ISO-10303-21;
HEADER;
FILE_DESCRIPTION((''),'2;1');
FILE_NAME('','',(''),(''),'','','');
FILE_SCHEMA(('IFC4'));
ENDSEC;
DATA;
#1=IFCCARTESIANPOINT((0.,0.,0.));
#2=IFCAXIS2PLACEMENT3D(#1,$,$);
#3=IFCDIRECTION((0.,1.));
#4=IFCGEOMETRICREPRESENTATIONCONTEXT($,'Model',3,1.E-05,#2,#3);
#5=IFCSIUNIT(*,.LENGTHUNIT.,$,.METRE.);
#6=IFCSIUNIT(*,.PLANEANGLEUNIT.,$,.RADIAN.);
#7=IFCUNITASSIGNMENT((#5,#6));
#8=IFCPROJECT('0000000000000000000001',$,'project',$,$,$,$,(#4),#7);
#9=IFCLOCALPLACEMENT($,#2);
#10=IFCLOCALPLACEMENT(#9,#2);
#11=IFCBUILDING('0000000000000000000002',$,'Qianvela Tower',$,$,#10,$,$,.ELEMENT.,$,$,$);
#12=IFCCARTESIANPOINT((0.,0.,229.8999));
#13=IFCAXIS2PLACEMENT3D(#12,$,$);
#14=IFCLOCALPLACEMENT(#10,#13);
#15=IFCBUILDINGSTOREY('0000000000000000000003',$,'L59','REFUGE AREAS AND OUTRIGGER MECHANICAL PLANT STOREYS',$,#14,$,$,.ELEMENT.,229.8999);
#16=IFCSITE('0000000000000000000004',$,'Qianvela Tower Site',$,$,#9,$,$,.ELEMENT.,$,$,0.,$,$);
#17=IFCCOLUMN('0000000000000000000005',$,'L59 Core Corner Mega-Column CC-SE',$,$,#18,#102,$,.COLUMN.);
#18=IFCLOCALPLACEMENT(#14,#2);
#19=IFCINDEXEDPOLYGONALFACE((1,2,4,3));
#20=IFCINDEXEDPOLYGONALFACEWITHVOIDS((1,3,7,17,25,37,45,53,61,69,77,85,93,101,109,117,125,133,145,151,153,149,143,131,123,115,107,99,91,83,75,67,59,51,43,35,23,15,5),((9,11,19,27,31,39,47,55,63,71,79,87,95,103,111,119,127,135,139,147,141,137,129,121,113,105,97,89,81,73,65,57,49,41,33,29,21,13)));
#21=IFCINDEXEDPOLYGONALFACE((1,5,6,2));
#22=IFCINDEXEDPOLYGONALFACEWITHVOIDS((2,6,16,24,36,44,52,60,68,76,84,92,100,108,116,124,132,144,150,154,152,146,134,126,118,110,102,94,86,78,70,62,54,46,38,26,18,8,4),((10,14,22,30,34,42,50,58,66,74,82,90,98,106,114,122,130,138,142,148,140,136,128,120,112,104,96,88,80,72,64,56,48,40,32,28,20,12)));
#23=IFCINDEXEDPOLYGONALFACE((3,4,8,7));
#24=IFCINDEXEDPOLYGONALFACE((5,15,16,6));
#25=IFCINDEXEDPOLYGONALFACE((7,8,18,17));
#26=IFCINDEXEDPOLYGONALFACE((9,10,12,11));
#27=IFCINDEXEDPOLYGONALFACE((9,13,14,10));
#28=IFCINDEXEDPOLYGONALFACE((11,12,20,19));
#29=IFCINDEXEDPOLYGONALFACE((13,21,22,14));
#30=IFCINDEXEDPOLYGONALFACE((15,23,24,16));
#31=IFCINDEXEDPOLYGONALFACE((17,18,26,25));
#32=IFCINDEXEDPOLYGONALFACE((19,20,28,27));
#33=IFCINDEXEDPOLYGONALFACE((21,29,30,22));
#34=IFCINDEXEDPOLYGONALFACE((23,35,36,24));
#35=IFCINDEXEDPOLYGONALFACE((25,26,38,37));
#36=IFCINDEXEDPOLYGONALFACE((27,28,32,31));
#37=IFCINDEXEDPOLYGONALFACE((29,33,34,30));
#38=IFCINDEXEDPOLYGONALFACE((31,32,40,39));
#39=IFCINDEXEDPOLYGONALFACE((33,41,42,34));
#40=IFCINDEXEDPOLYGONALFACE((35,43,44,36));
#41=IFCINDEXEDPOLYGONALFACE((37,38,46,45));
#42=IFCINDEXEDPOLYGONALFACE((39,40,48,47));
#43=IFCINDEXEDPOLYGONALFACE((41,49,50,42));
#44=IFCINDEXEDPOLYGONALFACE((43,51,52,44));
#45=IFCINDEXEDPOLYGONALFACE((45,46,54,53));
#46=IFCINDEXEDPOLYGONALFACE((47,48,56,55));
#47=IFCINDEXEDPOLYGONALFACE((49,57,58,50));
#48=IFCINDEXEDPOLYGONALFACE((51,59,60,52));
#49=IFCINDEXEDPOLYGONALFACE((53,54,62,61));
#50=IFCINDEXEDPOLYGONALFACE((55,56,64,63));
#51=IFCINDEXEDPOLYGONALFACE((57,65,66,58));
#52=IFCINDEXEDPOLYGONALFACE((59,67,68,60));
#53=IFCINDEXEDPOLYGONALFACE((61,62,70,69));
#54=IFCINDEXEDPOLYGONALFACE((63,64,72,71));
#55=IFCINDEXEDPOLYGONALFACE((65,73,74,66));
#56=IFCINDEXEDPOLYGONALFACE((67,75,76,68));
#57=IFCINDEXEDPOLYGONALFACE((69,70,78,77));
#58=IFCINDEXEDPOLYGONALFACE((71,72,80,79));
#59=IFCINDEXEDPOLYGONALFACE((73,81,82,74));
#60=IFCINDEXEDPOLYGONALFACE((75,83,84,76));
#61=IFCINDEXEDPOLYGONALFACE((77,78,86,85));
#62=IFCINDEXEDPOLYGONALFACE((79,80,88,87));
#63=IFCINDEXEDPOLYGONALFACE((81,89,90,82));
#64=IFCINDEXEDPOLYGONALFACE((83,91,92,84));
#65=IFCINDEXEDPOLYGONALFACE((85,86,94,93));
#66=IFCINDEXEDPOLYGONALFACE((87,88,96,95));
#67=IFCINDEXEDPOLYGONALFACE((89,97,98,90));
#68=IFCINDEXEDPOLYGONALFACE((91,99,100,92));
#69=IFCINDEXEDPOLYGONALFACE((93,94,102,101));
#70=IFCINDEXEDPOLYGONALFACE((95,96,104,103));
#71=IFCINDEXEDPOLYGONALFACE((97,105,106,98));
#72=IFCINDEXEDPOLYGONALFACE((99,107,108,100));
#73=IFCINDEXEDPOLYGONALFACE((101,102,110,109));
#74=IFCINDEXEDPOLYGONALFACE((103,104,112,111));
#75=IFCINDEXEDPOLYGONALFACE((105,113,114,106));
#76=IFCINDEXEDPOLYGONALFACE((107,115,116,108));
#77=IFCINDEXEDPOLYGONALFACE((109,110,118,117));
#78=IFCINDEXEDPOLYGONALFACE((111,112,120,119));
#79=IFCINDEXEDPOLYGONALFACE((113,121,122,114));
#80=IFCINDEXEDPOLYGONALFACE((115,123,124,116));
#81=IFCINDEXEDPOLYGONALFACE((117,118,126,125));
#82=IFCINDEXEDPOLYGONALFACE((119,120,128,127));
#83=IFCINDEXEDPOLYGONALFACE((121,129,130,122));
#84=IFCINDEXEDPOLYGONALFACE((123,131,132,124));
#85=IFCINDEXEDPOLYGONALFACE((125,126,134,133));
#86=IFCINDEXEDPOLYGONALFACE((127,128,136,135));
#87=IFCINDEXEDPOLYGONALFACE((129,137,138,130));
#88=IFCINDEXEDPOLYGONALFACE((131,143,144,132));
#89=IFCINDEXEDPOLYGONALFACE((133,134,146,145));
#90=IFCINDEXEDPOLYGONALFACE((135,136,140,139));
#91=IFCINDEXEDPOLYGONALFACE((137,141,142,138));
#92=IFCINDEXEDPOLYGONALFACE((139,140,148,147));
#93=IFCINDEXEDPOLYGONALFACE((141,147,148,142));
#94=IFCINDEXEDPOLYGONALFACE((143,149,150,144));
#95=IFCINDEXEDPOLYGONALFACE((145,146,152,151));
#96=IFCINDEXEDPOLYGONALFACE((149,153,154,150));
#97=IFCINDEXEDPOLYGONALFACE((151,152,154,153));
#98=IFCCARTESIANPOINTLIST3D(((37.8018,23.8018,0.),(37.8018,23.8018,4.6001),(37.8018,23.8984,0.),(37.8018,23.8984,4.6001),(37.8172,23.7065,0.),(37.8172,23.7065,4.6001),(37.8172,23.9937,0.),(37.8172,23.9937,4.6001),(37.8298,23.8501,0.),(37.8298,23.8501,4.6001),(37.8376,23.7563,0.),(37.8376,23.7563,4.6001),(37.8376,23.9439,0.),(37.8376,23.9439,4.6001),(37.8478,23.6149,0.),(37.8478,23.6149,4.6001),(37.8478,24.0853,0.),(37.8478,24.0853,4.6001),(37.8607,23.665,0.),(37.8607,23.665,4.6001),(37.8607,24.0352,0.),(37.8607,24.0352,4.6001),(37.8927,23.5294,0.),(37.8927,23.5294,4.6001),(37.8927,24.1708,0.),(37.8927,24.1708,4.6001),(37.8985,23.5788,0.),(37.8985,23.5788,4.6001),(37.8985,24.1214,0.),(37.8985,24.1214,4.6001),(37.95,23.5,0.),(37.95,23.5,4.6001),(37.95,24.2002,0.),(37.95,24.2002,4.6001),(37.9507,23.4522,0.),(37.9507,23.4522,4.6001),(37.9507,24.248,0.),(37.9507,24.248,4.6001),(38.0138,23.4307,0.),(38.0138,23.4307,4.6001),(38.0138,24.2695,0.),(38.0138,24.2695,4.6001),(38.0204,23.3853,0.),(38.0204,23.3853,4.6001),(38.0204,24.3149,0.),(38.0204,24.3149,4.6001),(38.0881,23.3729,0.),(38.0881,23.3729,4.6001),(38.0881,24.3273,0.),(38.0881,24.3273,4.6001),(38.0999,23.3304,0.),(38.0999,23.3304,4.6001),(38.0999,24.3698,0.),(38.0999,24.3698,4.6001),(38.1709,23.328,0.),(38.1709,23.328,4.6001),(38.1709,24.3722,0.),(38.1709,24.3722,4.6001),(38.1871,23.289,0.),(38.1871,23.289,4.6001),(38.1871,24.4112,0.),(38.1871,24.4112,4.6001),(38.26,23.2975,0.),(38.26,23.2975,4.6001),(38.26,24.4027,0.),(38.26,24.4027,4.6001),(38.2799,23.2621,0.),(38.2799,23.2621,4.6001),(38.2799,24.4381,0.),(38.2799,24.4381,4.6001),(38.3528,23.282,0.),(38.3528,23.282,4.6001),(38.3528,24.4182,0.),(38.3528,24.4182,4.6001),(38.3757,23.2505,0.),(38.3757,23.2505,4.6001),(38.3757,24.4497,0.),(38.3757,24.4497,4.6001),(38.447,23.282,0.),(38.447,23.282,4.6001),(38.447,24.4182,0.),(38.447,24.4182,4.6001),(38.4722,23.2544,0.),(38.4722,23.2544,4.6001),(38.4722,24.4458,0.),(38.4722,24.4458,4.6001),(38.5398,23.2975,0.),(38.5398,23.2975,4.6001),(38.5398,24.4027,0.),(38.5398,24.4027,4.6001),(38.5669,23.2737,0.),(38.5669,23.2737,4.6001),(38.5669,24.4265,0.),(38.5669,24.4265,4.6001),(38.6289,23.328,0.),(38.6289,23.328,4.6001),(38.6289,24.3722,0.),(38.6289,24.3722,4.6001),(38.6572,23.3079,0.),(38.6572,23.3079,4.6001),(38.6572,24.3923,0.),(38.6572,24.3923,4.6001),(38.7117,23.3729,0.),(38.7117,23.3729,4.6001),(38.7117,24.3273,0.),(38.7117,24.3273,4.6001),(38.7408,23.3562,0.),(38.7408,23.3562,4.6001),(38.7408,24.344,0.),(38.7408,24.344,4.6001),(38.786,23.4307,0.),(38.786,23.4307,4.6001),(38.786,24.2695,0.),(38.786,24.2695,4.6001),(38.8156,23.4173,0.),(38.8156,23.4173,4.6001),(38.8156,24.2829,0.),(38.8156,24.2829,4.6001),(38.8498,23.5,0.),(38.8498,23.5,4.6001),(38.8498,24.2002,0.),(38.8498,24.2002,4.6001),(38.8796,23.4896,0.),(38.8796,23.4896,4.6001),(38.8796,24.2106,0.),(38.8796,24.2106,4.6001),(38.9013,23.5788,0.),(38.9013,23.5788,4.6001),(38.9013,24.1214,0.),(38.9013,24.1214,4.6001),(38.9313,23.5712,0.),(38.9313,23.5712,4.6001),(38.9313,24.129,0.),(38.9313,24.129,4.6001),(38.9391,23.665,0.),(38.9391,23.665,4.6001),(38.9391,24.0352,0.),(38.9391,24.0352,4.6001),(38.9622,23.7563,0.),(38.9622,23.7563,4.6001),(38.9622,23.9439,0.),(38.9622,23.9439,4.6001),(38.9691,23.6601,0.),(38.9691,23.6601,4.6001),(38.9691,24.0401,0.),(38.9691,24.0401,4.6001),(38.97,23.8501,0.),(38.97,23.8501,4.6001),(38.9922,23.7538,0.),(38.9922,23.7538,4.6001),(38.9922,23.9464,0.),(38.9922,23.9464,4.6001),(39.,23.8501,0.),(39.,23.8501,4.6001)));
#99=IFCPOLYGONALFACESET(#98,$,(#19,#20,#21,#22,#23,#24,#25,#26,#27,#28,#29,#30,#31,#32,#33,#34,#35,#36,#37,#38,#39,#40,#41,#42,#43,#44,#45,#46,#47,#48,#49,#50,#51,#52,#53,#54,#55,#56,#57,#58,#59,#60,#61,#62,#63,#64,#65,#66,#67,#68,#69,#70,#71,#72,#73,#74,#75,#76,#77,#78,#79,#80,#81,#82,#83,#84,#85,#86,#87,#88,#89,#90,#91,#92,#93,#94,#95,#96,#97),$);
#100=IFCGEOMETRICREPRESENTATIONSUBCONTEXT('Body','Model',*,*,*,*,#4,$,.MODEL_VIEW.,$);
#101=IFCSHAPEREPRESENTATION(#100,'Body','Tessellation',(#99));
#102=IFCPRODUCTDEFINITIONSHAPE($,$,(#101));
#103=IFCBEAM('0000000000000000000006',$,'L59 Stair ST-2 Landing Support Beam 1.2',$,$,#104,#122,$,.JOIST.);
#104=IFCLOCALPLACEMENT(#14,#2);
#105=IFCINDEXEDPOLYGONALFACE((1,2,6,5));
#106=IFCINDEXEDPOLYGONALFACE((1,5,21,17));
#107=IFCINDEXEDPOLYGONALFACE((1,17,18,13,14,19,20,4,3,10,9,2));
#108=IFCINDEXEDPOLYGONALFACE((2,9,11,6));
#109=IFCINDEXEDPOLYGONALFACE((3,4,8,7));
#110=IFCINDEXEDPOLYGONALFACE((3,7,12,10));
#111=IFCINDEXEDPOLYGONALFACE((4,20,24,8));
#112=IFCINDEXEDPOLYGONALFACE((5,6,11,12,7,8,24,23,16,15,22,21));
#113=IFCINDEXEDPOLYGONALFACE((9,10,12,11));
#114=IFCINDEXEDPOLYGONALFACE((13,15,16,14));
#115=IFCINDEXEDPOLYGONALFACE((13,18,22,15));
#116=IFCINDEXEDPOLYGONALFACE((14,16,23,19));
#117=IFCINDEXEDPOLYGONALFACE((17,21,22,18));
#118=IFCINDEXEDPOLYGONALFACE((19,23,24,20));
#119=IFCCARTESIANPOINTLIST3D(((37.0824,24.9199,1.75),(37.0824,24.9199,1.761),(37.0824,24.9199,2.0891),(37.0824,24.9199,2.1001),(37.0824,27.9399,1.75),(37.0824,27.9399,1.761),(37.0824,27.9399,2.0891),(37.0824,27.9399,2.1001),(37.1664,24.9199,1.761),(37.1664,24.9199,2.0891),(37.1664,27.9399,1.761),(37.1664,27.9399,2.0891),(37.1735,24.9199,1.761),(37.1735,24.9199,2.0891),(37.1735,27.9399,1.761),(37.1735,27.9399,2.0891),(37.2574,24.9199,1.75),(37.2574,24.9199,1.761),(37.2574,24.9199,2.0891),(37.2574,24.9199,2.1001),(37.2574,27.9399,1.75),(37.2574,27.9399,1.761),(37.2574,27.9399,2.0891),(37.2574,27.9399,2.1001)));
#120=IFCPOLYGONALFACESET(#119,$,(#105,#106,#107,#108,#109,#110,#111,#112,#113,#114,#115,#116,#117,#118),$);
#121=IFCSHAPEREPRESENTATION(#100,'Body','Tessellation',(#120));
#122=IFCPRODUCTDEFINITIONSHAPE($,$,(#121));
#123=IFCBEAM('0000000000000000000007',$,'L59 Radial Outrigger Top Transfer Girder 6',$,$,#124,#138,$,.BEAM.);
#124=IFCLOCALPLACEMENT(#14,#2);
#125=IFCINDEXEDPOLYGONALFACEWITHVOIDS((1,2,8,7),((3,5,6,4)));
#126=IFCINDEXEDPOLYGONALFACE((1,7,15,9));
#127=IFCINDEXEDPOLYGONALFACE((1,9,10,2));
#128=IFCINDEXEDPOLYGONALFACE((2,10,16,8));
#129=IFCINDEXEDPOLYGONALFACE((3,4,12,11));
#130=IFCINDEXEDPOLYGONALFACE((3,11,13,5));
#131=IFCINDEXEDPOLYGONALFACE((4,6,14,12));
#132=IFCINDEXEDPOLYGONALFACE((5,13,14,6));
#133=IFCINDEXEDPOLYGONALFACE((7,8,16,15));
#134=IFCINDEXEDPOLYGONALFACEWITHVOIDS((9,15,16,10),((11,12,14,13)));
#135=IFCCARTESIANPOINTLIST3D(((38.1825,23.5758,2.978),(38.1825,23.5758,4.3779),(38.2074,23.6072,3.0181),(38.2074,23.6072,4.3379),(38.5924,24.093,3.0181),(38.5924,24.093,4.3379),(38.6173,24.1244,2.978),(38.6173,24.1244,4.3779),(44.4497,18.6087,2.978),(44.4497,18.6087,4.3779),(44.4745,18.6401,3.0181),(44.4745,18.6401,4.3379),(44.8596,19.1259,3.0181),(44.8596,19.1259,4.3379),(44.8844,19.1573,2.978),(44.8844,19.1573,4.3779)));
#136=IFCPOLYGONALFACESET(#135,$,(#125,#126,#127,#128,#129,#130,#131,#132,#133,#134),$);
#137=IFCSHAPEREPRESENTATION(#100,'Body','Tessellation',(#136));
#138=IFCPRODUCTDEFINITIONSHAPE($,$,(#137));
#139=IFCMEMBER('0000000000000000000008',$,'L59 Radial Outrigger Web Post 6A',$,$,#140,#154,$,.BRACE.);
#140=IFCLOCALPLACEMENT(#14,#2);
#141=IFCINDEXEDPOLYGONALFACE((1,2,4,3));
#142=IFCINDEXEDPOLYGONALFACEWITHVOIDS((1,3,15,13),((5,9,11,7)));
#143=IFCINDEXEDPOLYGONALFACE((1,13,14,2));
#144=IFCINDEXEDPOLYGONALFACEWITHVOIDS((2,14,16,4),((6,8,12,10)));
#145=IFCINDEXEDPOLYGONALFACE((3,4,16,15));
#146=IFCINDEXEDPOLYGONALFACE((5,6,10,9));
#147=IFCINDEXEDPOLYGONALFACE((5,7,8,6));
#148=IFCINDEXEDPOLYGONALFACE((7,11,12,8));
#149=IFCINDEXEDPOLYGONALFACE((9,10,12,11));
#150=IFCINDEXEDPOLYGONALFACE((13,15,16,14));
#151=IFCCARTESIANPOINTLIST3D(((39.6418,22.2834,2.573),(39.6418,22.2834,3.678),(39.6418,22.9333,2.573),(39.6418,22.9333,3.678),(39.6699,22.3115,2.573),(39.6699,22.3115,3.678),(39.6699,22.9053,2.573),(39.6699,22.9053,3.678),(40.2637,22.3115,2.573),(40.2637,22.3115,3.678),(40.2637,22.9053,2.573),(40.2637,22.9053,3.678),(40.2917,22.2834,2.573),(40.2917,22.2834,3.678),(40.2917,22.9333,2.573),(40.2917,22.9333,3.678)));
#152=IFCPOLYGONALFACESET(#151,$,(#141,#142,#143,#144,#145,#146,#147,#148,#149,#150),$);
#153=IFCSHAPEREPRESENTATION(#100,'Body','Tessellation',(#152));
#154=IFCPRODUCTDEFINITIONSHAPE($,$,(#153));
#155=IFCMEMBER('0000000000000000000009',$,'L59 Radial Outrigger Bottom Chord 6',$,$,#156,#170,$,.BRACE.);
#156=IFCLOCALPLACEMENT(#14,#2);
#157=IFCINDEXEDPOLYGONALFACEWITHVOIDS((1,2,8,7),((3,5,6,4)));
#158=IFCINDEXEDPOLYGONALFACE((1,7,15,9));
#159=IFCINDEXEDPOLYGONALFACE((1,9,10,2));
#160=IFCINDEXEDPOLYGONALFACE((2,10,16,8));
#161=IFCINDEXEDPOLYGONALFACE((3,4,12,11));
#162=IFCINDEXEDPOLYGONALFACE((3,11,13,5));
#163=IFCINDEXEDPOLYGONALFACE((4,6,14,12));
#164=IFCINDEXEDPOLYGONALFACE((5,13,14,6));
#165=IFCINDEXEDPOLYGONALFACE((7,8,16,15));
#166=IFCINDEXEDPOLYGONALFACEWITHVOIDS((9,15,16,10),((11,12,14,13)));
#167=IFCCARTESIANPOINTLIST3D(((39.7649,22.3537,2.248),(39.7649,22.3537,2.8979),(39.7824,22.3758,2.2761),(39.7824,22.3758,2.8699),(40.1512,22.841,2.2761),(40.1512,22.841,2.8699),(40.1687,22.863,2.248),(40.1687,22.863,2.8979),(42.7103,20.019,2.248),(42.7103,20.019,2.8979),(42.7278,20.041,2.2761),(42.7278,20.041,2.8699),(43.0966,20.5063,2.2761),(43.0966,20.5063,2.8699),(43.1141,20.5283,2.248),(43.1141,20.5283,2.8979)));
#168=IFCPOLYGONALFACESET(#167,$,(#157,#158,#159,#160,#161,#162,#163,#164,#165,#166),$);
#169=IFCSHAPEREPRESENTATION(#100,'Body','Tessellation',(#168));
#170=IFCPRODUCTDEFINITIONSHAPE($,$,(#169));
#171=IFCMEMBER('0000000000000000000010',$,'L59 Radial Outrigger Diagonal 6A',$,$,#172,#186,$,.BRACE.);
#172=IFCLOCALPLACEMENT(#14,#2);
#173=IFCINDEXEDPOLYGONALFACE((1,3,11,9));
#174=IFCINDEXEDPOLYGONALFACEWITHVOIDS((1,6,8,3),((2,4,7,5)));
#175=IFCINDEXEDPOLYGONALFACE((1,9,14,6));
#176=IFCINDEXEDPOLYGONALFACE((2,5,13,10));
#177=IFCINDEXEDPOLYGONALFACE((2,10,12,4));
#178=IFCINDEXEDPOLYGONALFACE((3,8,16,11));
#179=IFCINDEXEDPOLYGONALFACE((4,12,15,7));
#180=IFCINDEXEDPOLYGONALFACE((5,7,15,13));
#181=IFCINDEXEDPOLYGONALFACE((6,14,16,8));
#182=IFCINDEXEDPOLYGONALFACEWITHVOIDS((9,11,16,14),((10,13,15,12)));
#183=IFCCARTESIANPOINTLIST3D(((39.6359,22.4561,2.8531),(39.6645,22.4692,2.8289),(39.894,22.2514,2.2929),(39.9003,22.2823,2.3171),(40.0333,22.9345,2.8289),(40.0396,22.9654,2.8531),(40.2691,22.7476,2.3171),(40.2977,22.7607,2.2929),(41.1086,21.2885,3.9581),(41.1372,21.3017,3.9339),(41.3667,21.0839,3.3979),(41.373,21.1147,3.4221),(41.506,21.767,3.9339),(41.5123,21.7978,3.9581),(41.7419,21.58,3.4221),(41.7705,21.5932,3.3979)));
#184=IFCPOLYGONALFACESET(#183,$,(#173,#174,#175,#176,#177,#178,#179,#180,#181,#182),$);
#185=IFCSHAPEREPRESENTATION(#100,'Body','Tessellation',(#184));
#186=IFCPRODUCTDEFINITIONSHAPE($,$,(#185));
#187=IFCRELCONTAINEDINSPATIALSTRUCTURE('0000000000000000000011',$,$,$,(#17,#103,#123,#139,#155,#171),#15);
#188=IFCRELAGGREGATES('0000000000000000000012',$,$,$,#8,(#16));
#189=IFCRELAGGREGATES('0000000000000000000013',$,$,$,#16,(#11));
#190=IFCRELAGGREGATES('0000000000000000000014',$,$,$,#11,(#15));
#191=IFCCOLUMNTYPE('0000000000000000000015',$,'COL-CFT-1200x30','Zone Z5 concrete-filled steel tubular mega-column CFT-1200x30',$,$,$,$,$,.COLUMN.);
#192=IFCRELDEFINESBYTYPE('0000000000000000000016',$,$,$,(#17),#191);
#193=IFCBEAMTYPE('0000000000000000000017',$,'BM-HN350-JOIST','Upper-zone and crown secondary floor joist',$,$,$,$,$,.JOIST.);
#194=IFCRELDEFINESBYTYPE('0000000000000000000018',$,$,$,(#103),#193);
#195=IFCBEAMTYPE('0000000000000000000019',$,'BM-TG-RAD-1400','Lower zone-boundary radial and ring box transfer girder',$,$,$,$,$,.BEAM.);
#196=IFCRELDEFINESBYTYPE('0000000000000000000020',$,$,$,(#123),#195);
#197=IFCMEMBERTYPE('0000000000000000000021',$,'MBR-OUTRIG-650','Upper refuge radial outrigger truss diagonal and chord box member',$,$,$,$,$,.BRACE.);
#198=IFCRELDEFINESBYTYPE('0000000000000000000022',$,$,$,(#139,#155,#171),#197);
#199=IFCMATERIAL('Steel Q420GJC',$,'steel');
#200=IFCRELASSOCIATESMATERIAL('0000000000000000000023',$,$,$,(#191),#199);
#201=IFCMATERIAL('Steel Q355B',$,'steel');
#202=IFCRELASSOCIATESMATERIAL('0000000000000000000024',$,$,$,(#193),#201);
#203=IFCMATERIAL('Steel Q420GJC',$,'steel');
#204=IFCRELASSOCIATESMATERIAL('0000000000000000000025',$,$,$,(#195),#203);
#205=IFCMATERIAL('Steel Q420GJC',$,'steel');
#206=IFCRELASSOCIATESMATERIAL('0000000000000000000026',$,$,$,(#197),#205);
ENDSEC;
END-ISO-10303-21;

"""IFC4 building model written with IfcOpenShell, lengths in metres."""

from ifc_helpers import new_model, si_unit, direction, frame, origin, origin_2d, place, context, subcontext, project, spatial, hollow_rectangle, hollow_circle, i_section, extrude, material, material_profile, profile_set, type_object, element, save


model = new_model("IFC4")

# Units and contexts
model_context = context("Model", 3, precision=1e-05, world=origin(), true_north=direction((0.0, 1.0)))
body_context = subcontext(model_context, "Body", "Model", "MODEL_VIEW")
ifc_project = project(units=[si_unit("LENGTHUNIT", "METRE"), si_unit("PLANEANGLEUNIT", "RADIAN")], contexts=[model_context])

# Site, building, storey
site_placement = place(None, origin())
site = spatial("IfcSite", under=ifc_project, at=site_placement, Name="Qianvela Tower Site", CompositionType="ELEMENT", RefElevation=0.0)
building_placement = place(site_placement, origin())
building = spatial("IfcBuilding", under=site, at=building_placement, Name="Qianvela Tower", CompositionType="ELEMENT")
storey_placement = place(building_placement, frame((0.0, 0.0, 229.8999)))
storey = spatial("IfcBuildingStorey", under=building, at=storey_placement, Name="L59", Description="REFUGE AREAS AND OUTRIGGER MECHANICAL PLANT STOREYS", CompositionType="ELEMENT", Elevation=229.8999)

# Column
ifc_material_1 = material(Name="Steel Q420GJC", Category="steel")
ifc_material_profile_1 = material_profile(ifc_material_1, hollow_circle(Radius=0.6001, WallThickness=0.03, at=origin_2d()), Name="CFT-1200x30")
ifc_profile_set_1 = profile_set([ifc_material_profile_1], Name="Steel Q420GJC")
column_type = type_object("IfcColumnType", Name="COL-CFT-1200x30", Description="Zone Z5 concrete-filled steel tubular mega-column CFT-1200x30", PredefinedType="COLUMN", material=ifc_profile_set_1)
column_placement = place(storey_placement, frame((38.3999, 23.8501, 0.0), z_axis=(0.0, 0.0, 1.0), x_axis=(1.0, 0.0, 0.0)))
element("IfcColumn", 1, at=column_placement, inside=storey, type_object=column_type, Name="L59 Core Corner Mega-Column CC-SE", PredefinedType="COLUMN", context=body_context, shape_type="SweptSolid", body=[
    extrude(hollow_circle(Radius=0.6001, WallThickness=0.03, at=origin_2d()), origin(), (0.0, 0.0, 1.0), 4.6001),
])

# Beams
ifc_material_2 = material(Name="Steel Q355B", Category="steel")
ifc_material_profile_2 = material_profile(ifc_material_2, i_section(OverallWidth=0.175, OverallDepth=0.3501, WebThickness=0.0071, FlangeThickness=0.011, at=origin_2d()), Name="HN350x175x7x11")
ifc_profile_set_2 = profile_set([ifc_material_profile_2], Name="Steel Q355B")
beam_type_1 = type_object("IfcBeamType", Name="BM-HN350-JOIST", Description="Upper-zone and crown secondary floor joist", PredefinedType="JOIST", material=ifc_profile_set_2)
beam_1_placement = place(storey_placement, frame((37.1699, 24.9199, 1.925), z_axis=(0.0, 1.0, 0.0), x_axis=(-1.0, 0.0, 0.0)))
element("IfcBeam", 2, at=beam_1_placement, inside=storey, type_object=beam_type_1, Name="L59 Stair ST-2 Landing Support Beam 1.2", PredefinedType="JOIST", context=body_context, shape_type="SweptSolid", body=[
    extrude(i_section(OverallWidth=0.175, OverallDepth=0.3501, WebThickness=0.0071, FlangeThickness=0.011, at=origin_2d()), origin(), (0.0, 0.0, 1.0), 3.02),
])
ifc_material_3 = material(Name="Steel Q420GJC", Category="steel")
ifc_material_profile_3 = material_profile(ifc_material_3, hollow_rectangle(XDim=0.7, YDim=1.3999, WallThickness=0.04, at=origin_2d()), Name="TG-BOX-1400x700x40")
ifc_profile_set_3 = profile_set([ifc_material_profile_3], Name="Steel Q420GJC")
beam_type_2 = type_object("IfcBeamType", Name="BM-TG-RAD-1400", Description="Lower zone-boundary radial and ring box transfer girder", PredefinedType="BEAM", material=ifc_profile_set_3)
beam_2_placement = place(storey_placement, frame((38.3999, 23.8501, 3.678), z_axis=(0.783705, -0.621133, 0.0), x_axis=(0.621133, 0.783705, 0.0)))
element("IfcBeam", 3, at=beam_2_placement, inside=storey, type_object=beam_type_2, Name="L59 Radial Outrigger Top Transfer Girder 6", PredefinedType="BEAM", context=body_context, shape_type="SweptSolid", body=[
    extrude(hollow_rectangle(XDim=0.7, YDim=1.3999, WallThickness=0.04, at=origin_2d()), origin(), (0.0, 0.0, 1.0), 7.9968),
])

# Members
ifc_material_4 = material(Name="Steel Q420GJC", Category="steel")
ifc_material_profile_4 = material_profile(ifc_material_4, hollow_rectangle(XDim=0.6499, YDim=0.6499, WallThickness=0.0281, at=origin_2d()), Name="OBOX-650x650x28")
ifc_profile_set_4 = profile_set([ifc_material_profile_4], Name="Steel Q420GJC")
member_type = type_object("IfcMemberType", Name="MBR-OUTRIG-650", Description="Upper refuge radial outrigger truss diagonal and chord box member", PredefinedType="BRACE", material=ifc_profile_set_4)
member_1_placement = place(storey_placement, frame((39.9668, 22.6084, 2.573), z_axis=(0.0, 0.0, 1.0), x_axis=(1.0, 0.0, 0.0)))
element("IfcMember", 4, at=member_1_placement, inside=storey, type_object=member_type, Name="L59 Radial Outrigger Web Post 6A", PredefinedType="BRACE", context=body_context, shape_type="SweptSolid", body=[
    extrude(hollow_rectangle(XDim=0.6499, YDim=0.6499, WallThickness=0.0281, at=origin_2d()), origin(), (0.0, 0.0, 1.0), 1.105),
])
member_2_placement = place(storey_placement, frame((39.9668, 22.6084, 2.573), z_axis=(0.783656, -0.621195, 0.0), x_axis=(0.621195, 0.783656, 0.0)))
element("IfcMember", 5, at=member_2_placement, inside=storey, type_object=member_type, Name="L59 Radial Outrigger Bottom Chord 6", PredefinedType="BRACE", context=body_context, shape_type="SweptSolid", body=[
    extrude(hollow_rectangle(XDim=0.6499, YDim=0.6499, WallThickness=0.0281, at=origin_2d()), origin(), (0.0, 0.0, 1.0), 3.7585),
])
member_3_placement = place(storey_placement, frame((39.9668, 22.6084, 2.573), z_axis=(0.675508, -0.535524, 0.506855), x_axis=(0.621235, 0.783624, 0.0)))
element("IfcMember", 6, at=member_3_placement, inside=storey, type_object=member_type, Name="L59 Radial Outrigger Diagonal 6A", PredefinedType="BRACE", context=body_context, shape_type="SweptSolid", body=[
    extrude(hollow_rectangle(XDim=0.6499, YDim=0.6499, WallThickness=0.0281, at=origin_2d()), origin(), (0.0, 0.0, 1.0), 2.1802),
])

save(model, "model.ifc")
